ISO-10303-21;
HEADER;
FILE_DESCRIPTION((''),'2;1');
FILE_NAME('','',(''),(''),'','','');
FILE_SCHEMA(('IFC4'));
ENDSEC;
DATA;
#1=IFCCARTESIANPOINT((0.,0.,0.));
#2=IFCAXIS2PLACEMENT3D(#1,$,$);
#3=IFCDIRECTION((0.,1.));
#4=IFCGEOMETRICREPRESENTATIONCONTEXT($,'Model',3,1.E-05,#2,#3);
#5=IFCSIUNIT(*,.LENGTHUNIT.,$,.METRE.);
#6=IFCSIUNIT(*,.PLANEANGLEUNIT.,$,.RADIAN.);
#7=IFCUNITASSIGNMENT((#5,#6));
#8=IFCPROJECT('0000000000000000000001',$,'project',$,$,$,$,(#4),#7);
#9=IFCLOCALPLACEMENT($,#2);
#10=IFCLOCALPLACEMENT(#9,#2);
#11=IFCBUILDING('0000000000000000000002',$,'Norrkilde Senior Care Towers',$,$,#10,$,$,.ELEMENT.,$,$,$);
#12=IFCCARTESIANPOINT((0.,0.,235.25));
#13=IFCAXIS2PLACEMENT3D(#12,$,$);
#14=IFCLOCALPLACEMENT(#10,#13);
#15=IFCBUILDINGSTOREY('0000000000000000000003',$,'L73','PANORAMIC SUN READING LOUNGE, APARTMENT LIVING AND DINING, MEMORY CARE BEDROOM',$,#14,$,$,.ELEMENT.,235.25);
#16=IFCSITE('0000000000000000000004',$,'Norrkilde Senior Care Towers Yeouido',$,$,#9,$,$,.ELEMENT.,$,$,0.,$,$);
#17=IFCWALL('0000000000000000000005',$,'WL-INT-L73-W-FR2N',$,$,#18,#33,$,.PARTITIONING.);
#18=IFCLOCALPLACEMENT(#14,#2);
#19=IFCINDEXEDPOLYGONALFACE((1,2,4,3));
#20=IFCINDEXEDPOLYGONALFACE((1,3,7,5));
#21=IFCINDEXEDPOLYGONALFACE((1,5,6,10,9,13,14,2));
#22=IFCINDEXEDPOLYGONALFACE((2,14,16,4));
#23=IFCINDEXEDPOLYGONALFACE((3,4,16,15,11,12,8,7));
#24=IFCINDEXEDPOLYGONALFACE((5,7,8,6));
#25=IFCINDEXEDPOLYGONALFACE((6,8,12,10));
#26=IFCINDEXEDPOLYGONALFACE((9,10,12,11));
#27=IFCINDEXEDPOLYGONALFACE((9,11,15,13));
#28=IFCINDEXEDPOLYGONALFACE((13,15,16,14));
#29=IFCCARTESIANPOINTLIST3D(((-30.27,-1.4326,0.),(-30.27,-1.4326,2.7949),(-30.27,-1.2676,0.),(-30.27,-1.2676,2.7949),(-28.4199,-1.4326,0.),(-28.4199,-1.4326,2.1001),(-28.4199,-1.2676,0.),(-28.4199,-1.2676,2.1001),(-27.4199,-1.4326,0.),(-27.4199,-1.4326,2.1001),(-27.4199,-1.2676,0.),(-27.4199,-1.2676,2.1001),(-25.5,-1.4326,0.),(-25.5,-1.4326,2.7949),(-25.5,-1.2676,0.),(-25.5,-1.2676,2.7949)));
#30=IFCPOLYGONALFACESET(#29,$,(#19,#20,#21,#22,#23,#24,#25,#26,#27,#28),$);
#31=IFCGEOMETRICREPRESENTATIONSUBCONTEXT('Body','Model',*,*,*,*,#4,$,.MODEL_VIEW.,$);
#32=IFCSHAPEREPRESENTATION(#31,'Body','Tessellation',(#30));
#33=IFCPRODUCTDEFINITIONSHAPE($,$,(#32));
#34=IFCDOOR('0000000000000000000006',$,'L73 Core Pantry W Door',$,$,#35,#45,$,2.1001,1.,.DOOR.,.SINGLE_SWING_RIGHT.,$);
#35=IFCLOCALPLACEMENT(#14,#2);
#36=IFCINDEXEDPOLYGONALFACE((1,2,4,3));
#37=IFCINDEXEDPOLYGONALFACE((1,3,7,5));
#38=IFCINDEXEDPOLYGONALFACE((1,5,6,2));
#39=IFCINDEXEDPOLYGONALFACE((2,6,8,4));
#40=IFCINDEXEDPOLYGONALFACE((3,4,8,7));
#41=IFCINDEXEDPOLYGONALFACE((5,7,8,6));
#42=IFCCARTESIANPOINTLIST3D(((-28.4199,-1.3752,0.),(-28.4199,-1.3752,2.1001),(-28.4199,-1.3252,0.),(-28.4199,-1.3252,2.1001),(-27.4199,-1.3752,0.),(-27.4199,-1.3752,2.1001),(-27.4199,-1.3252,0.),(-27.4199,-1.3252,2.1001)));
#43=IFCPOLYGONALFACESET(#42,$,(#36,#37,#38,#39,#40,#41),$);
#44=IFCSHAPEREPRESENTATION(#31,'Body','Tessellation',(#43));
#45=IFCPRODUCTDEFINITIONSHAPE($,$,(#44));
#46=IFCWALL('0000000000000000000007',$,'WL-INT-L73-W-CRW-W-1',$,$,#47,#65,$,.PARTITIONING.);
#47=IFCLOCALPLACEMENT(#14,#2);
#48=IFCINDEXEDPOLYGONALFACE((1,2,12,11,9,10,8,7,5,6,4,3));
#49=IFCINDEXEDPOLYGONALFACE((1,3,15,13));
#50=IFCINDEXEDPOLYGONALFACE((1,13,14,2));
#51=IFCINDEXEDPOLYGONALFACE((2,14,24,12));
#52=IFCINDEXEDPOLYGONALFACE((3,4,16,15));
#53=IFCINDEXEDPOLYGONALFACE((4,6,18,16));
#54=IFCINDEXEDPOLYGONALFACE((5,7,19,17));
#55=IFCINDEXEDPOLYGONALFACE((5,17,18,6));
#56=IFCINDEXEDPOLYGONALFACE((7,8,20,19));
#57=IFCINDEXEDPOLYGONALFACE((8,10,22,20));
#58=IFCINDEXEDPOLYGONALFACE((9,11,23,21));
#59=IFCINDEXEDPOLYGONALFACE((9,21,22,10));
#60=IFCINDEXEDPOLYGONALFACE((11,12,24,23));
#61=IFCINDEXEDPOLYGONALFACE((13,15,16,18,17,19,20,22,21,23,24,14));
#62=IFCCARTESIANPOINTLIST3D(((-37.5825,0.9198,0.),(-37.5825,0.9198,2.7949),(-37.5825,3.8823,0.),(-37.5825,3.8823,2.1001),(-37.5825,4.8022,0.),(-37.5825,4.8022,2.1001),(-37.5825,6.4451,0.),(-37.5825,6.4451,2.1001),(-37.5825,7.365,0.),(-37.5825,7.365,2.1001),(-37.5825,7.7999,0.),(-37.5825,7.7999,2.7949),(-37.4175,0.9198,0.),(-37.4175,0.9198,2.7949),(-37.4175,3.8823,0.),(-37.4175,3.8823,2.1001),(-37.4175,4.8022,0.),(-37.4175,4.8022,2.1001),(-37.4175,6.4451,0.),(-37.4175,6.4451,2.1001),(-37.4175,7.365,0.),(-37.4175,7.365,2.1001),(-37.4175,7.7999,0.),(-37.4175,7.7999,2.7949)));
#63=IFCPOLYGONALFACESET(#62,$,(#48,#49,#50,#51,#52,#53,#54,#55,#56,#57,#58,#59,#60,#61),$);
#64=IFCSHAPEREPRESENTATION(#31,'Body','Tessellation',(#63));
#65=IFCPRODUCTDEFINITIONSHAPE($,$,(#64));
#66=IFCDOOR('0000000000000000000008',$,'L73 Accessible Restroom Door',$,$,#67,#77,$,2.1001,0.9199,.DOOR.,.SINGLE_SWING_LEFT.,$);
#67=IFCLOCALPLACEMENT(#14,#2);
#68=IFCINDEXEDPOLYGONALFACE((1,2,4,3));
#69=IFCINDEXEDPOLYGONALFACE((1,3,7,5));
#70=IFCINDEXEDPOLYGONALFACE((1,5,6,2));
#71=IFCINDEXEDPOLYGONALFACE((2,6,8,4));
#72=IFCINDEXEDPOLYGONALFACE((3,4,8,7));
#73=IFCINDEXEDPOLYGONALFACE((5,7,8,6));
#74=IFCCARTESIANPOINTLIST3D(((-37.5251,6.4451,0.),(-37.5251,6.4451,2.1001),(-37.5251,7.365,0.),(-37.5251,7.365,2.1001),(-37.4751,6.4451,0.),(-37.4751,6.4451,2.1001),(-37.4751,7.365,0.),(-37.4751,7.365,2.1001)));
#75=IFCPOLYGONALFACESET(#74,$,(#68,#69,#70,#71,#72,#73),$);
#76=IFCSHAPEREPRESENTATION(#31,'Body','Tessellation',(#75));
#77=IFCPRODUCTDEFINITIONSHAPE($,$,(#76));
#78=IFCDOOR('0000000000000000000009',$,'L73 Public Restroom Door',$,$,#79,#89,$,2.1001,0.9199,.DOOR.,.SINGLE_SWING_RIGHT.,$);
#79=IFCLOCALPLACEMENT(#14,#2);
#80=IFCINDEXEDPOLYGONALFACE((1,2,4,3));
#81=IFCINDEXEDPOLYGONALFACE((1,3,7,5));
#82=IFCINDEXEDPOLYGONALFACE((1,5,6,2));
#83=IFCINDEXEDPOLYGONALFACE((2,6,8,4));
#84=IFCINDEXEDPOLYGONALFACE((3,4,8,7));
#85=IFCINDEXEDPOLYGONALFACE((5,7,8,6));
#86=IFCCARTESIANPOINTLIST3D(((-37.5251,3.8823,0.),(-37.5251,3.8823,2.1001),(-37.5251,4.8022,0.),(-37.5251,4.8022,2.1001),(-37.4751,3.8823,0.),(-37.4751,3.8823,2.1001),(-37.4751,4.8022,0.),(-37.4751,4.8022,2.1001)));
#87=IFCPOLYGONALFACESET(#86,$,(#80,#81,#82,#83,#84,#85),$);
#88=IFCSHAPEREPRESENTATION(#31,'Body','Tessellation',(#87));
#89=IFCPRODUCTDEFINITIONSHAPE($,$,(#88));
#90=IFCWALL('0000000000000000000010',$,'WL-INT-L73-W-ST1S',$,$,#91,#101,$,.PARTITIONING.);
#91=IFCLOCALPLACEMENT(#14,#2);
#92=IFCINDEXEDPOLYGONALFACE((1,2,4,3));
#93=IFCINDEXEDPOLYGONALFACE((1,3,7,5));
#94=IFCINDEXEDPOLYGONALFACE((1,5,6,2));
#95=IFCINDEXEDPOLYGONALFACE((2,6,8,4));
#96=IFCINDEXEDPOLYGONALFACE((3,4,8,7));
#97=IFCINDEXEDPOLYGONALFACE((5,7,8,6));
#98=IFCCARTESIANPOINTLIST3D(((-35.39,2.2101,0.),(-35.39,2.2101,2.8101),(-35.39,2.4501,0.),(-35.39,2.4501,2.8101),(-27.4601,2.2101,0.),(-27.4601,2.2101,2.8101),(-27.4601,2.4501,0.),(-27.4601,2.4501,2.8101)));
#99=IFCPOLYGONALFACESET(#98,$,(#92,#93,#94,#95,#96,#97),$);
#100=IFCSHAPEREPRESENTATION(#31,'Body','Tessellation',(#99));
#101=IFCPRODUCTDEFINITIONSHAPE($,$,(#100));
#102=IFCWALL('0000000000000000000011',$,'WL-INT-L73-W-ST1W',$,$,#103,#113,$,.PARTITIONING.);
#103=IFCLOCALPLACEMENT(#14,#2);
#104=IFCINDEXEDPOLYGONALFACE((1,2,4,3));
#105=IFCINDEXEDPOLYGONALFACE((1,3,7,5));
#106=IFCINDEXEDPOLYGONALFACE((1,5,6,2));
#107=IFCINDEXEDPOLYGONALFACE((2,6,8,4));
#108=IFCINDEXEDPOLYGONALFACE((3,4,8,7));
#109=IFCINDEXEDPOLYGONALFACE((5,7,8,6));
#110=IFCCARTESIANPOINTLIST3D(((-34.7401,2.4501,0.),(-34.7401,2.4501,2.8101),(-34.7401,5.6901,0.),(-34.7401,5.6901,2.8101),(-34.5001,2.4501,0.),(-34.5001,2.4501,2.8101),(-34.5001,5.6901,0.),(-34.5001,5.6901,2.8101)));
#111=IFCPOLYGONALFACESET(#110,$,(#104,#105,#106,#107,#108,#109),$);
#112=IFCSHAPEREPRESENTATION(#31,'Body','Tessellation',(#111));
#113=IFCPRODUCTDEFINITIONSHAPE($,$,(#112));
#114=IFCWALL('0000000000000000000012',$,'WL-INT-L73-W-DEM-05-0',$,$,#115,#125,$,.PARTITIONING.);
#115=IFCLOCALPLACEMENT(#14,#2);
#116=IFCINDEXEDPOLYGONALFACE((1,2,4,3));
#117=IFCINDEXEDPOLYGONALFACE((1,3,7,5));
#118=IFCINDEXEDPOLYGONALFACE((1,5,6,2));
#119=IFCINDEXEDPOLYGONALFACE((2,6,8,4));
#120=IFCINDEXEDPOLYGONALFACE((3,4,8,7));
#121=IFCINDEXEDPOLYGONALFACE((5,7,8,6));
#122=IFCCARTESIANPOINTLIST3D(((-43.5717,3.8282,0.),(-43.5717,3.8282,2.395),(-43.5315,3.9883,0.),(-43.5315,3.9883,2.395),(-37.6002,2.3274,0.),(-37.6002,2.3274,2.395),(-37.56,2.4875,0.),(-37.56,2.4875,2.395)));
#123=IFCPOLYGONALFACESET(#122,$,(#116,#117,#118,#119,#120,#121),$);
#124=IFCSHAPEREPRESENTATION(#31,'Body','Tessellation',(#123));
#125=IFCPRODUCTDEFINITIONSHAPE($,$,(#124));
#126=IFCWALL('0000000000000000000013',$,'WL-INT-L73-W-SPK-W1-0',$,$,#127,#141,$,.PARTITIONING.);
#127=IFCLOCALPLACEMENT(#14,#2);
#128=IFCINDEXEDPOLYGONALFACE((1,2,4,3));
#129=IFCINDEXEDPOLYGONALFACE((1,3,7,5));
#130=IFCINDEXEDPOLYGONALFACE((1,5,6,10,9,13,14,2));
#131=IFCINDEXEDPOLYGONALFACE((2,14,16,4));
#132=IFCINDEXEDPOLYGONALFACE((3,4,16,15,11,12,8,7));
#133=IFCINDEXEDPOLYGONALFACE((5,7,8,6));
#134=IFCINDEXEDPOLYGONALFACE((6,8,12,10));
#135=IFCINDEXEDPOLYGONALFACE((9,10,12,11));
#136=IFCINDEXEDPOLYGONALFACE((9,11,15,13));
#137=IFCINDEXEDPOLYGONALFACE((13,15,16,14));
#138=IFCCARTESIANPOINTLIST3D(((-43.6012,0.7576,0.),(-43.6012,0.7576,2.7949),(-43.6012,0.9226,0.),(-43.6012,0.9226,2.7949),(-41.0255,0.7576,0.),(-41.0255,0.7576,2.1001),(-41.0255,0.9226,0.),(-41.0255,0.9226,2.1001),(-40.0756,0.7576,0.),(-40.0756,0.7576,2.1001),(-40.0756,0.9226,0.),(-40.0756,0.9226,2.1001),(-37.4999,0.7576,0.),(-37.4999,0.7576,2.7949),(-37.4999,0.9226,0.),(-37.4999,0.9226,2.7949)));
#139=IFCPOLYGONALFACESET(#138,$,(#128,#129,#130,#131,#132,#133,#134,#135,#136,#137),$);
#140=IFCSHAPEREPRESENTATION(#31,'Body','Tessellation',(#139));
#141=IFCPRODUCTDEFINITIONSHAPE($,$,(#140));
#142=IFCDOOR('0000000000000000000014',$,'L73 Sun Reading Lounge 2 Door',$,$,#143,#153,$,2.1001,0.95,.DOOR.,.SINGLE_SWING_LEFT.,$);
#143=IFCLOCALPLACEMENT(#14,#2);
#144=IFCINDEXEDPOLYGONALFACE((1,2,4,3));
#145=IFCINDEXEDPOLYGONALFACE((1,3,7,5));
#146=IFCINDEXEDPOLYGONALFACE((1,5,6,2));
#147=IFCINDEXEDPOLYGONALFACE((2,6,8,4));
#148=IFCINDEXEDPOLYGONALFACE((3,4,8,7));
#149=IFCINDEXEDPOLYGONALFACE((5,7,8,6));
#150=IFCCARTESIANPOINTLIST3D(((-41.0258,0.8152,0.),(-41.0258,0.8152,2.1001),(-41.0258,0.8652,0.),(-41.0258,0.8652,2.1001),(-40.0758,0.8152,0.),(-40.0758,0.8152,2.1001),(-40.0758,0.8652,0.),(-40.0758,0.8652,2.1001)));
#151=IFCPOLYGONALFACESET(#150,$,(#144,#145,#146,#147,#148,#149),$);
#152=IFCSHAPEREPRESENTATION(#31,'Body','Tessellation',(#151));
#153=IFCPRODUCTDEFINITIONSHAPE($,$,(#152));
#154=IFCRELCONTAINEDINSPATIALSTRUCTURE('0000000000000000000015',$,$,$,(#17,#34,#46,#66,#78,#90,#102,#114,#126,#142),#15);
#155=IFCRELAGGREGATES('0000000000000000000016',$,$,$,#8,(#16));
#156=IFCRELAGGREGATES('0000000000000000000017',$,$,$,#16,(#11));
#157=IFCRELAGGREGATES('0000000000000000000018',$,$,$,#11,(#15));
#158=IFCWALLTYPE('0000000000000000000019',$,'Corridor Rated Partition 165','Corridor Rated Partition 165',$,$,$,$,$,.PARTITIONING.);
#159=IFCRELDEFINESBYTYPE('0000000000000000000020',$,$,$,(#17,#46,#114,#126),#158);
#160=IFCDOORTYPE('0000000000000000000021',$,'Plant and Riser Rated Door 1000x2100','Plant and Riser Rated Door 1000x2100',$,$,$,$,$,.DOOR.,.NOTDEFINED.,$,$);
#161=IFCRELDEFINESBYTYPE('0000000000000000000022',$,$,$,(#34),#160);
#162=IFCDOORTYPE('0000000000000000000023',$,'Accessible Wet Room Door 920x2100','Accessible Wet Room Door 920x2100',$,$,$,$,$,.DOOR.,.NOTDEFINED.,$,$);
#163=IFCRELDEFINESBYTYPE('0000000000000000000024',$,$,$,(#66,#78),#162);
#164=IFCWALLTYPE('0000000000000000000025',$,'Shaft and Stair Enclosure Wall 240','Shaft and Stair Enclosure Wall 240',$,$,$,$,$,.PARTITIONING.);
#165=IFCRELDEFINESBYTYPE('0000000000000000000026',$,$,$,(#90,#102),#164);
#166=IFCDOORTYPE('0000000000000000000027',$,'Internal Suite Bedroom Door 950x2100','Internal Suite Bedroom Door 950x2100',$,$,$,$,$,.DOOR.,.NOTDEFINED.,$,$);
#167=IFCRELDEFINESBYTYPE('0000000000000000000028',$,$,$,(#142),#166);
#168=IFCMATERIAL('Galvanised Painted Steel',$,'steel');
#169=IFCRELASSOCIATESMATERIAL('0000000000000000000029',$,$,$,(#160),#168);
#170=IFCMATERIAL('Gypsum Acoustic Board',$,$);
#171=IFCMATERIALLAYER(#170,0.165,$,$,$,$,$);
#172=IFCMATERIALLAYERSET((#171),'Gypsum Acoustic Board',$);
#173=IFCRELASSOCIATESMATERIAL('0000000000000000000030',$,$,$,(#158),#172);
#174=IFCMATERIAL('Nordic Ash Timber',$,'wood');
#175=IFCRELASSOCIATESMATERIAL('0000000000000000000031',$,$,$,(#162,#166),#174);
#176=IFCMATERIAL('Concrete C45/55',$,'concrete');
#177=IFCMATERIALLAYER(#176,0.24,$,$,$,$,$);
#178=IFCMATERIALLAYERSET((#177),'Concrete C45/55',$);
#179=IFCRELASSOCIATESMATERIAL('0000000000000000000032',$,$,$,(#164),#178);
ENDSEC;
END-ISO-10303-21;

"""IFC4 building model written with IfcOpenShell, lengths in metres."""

from ifc_helpers import new_model, si_unit, direction, frame, frame_2d, origin, place, context, subcontext, project, spatial, rectangle, extrude, source, transform, mapped, material, layer, layer_set, type_object, type_shapes, element, fill, save


model = new_model("IFC4")

# Units and contexts
model_context = context("Model", 3, precision=1e-05, world=origin(), true_north=direction((0.0, 1.0)))
body_context = subcontext(model_context, "Body", "Model", "MODEL_VIEW")
ifc_project = project(units=[si_unit("LENGTHUNIT", "METRE"), si_unit("PLANEANGLEUNIT", "RADIAN")], contexts=[model_context])

# Site, building, storey
site_placement = place(None, origin())
site = spatial("IfcSite", under=ifc_project, at=site_placement, Name="Norrkilde Senior Care Towers Yeouido", CompositionType="ELEMENT", RefElevation=0.0)
building_placement = place(site_placement, origin())
building = spatial("IfcBuilding", under=site, at=building_placement, Name="Norrkilde Senior Care Towers", CompositionType="ELEMENT")
storey_placement = place(building_placement, frame((0.0, 0.0, 235.25)))
storey = spatial("IfcBuildingStorey", under=building, at=storey_placement, Name="L73", Description="PANORAMIC SUN READING LOUNGE, APARTMENT LIVING AND DINING, MEMORY CARE BEDROOM", CompositionType="ELEMENT", Elevation=235.25)

# Shared definitions
ifc_material_1 = material(Name="Concrete C45/55", Category="concrete")
ifc_material_2 = material(Name="Galvanised Painted Steel", Category="steel")
door_type_1 = type_object("IfcDoorType", Name="Plant and Riser Rated Door 1000x2100", Description="Plant and Riser Rated Door 1000x2100", OperationType="NOTDEFINED", PredefinedType="DOOR", material=ifc_material_2)
shared_shape_1 = source(origin(), body_context, "Body", "SweptSolid", [
    extrude(rectangle(XDim=1.0, YDim=2.1001, at=frame_2d((0.5, 1.05))), frame((0.0, 0.0249, 0.0), z_axis=(0.0, -1.0, 0.0), x_axis=(1.0, 0.0, 0.0)), (0.0, 0.0, 1.0), 0.05),
])
type_shapes(door_type_1, [shared_shape_1])

# Shared definitions
ifc_material_3 = material(Name="Gypsum Acoustic Board")

# Wall, opening, door
ifc_layer_1 = layer(ifc_material_3, 0.165)
ifc_layer_set_1 = layer_set([ifc_layer_1], Name="Gypsum Acoustic Board")
wall_type_1 = type_object("IfcWallType", Name="Corridor Rated Partition 165", Description="Corridor Rated Partition 165", PredefinedType="PARTITIONING", material=ifc_layer_set_1)
shared_shape_2 = source(origin(), body_context, "Body", "SweptSolid", [
    extrude(rectangle(XDim=4.77, YDim=0.165, at=frame_2d((2.385, 0.0))), origin(), (0.0, 0.0, 1.0), 2.7949),
])
wall_1_placement = place(storey_placement, frame((-30.27, -1.3501, 0.0), z_axis=(0.0, 0.0, 1.0), x_axis=(1.0, 0.0, 0.0)))
wall_1 = element("IfcWall", 1, at=wall_1_placement, inside=storey, type_object=wall_type_1, Name="WL-INT-L73-W-FR2N", PredefinedType="PARTITIONING", context=body_context, shape_type="MappedRepresentation", body=[
    mapped(shared_shape_2, transform((0.0, 0.0, 0.0), x_axis=(1.0, 0.0, 0.0), y_axis=(0.0, 1.0, 0.0), z_axis=(0.0, 0.0, 1.0), scale=1.0)),
])
opening_1_placement = place(wall_1_placement, frame((1.8501, 0.0, 0.0)))
opening_1 = element("IfcOpeningElement", 2, at=opening_1_placement, cuts=wall_1, PredefinedType="OPENING", context=body_context, shape_type="SweptSolid", body=[
    extrude(rectangle(XDim=1.0, YDim=2.1001, at=frame_2d((0.5, 1.05))), frame((0.0, 0.0925, 0.0), z_axis=(0.0, -1.0, 0.0), x_axis=(1.0, 0.0, 0.0)), (0.0, 0.0, 1.0), 0.1851),
])
door_1_placement = place(opening_1_placement, origin())
door_1 = element("IfcDoor", 3, at=door_1_placement, inside=storey, type_object=door_type_1, Name="L73 Core Pantry W Door", OperationType="SINGLE_SWING_RIGHT", OverallHeight=2.1001, OverallWidth=1.0, PredefinedType="DOOR", context=body_context, shape_type="MappedRepresentation", body=[
    mapped(shared_shape_1, transform((0.0, 0.0, 0.0), x_axis=(1.0, 0.0, 0.0), y_axis=(0.0, 1.0, 0.0), z_axis=(0.0, 0.0, 1.0), scale=1.0)),
])
fill(opening_1, door_1)

# Wall, openings, doors
shared_shape_3 = source(origin(), body_context, "Body", "SweptSolid", [
    extrude(rectangle(XDim=6.8801, YDim=0.165, at=frame_2d((3.4399, 0.0))), origin(), (0.0, 0.0, 1.0), 2.7949),
])
wall_2_placement = place(storey_placement, frame((-37.5, 0.9199, 0.0), z_axis=(0.0, 0.0, 1.0), x_axis=(0.0, 1.0, 0.0)))
wall_2 = element("IfcWall", 4, at=wall_2_placement, inside=storey, type_object=wall_type_1, Name="WL-INT-L73-W-CRW-W-1", PredefinedType="PARTITIONING", context=body_context, shape_type="MappedRepresentation", body=[
    mapped(shared_shape_3, transform((0.0, 0.0, 0.0), x_axis=(1.0, 0.0, 0.0), y_axis=(0.0, 1.0, 0.0), z_axis=(0.0, 0.0, 1.0), scale=1.0)),
])
opening_2_placement = place(wall_2_placement, frame((5.5251, 0.0, 0.0)))
opening_2 = element("IfcOpeningElement", 5, at=opening_2_placement, cuts=wall_2, PredefinedType="OPENING", context=body_context, shape_type="SweptSolid", body=[
    extrude(rectangle(XDim=0.9199, YDim=2.1001, at=frame_2d((0.46, 1.05))), frame((0.0, 0.0925, 0.0), z_axis=(0.0, -1.0, 0.0), x_axis=(1.0, 0.0, 0.0)), (0.0, 0.0, 1.0), 0.1851),
])
opening_3_placement = place(wall_2_placement, frame((2.9624, 0.0, 0.0)))
opening_3 = element("IfcOpeningElement", 6, at=opening_3_placement, cuts=wall_2, PredefinedType="OPENING", context=body_context, shape_type="SweptSolid", body=[
    extrude(rectangle(XDim=0.9199, YDim=2.1001, at=frame_2d((0.46, 1.05))), frame((0.0, 0.0925, 0.0), z_axis=(0.0, -1.0, 0.0), x_axis=(1.0, 0.0, 0.0)), (0.0, 0.0, 1.0), 0.1851),
])
ifc_material_4 = material(Name="Nordic Ash Timber", Category="wood")
door_type_2 = type_object("IfcDoorType", Name="Accessible Wet Room Door 920x2100", Description="Accessible Wet Room Door 920x2100", OperationType="NOTDEFINED", PredefinedType="DOOR", material=ifc_material_4)
shared_shape_4 = source(origin(), body_context, "Body", "SweptSolid", [
    extrude(rectangle(XDim=0.9199, YDim=2.1001, at=frame_2d((0.46, 1.05))), frame((0.0, 0.0249, 0.0), z_axis=(0.0, -1.0, 0.0), x_axis=(1.0, 0.0, 0.0)), (0.0, 0.0, 1.0), 0.05),
])
type_shapes(door_type_2, [shared_shape_4])
door_2_placement = place(opening_2_placement, frame((0.9199, 0.0, 0.0), z_axis=(0.0, 0.0, 1.0), x_axis=(-1.0, 0.0, 0.0)))
door_2 = element("IfcDoor", 7, at=door_2_placement, inside=storey, type_object=door_type_2, Name="L73 Accessible Restroom Door", OperationType="SINGLE_SWING_LEFT", OverallHeight=2.1001, OverallWidth=0.9199, PredefinedType="DOOR", context=body_context, shape_type="MappedRepresentation", body=[
    mapped(shared_shape_4, transform((0.0, 0.0, 0.0), x_axis=(1.0, 0.0, 0.0), y_axis=(0.0, 1.0, 0.0), z_axis=(0.0, 0.0, 1.0), scale=1.0)),
])
fill(opening_2, door_2)
door_3_placement = place(opening_3_placement, frame((0.9199, 0.0, 0.0), z_axis=(0.0, 0.0, 1.0), x_axis=(-1.0, 0.0, 0.0)))
door_3 = element("IfcDoor", 8, at=door_3_placement, inside=storey, type_object=door_type_2, Name="L73 Public Restroom Door", OperationType="SINGLE_SWING_RIGHT", OverallHeight=2.1001, OverallWidth=0.9199, PredefinedType="DOOR", context=body_context, shape_type="MappedRepresentation", body=[
    mapped(shared_shape_4, transform((0.0, 0.0, 0.0), x_axis=(1.0, 0.0, 0.0), y_axis=(0.0, 1.0, 0.0), z_axis=(0.0, 0.0, 1.0), scale=1.0)),
])
fill(opening_3, door_3)

# Walls
ifc_layer_2 = layer(ifc_material_1, 0.24)
ifc_layer_set_2 = layer_set([ifc_layer_2], Name="Concrete C45/55")
wall_type_2 = type_object("IfcWallType", Name="Shaft and Stair Enclosure Wall 240", Description="Shaft and Stair Enclosure Wall 240", PredefinedType="PARTITIONING", material=ifc_layer_set_2)
shared_shape_5 = source(origin(), body_context, "Body", "SweptSolid", [
    extrude(rectangle(XDim=7.9299, YDim=0.24, at=frame_2d((3.9648, 0.0))), origin(), (0.0, 0.0, 1.0), 2.8101),
])
wall_3_placement = place(storey_placement, frame((-35.3899, 2.3301, 0.0), z_axis=(0.0, 0.0, 1.0), x_axis=(1.0, 0.0, 0.0)))
element("IfcWall", 9, at=wall_3_placement, inside=storey, type_object=wall_type_2, Name="WL-INT-L73-W-ST1S", PredefinedType="PARTITIONING", context=body_context, shape_type="MappedRepresentation", body=[
    mapped(shared_shape_5, transform((0.0, 0.0, 0.0), x_axis=(1.0, 0.0, 0.0), y_axis=(0.0, 1.0, 0.0), z_axis=(0.0, 0.0, 1.0), scale=1.0)),
])
shared_shape_6 = source(origin(), body_context, "Body", "SweptSolid", [
    extrude(rectangle(XDim=3.24, YDim=0.24, at=frame_2d((1.6201, 0.0))), origin(), (0.0, 0.0, 1.0), 2.8101),
])
type_shapes(wall_type_2, [shared_shape_5, shared_shape_6])
wall_4_placement = place(storey_placement, frame((-34.6201, 2.45, 0.0), z_axis=(0.0, 0.0, 1.0), x_axis=(0.0, 1.0, 0.0)))
element("IfcWall", 10, at=wall_4_placement, inside=storey, type_object=wall_type_2, Name="WL-INT-L73-W-ST1W", PredefinedType="PARTITIONING", context=body_context, shape_type="MappedRepresentation", body=[
    mapped(shared_shape_6, transform((0.0, 0.0, 0.0), x_axis=(1.0, 0.0, 0.0), y_axis=(0.0, 1.0, 0.0), z_axis=(0.0, 0.0, 1.0), scale=1.0)),
])
shared_shape_7 = source(origin(), body_context, "Body", "SweptSolid", [
    extrude(rectangle(XDim=6.1572, YDim=0.165, at=frame_2d((3.0786, 0.0))), origin(), (0.0, 0.0, 1.0), 2.395),
])
wall_5_placement = place(storey_placement, frame((-37.5801, 2.4075, 0.0), z_axis=(0.0, 0.0, 1.0), x_axis=(-0.969841, 0.243739, 0.0)))
element("IfcWall", 11, at=wall_5_placement, inside=storey, type_object=wall_type_1, Name="WL-INT-L73-W-DEM-05-0", PredefinedType="PARTITIONING", context=body_context, shape_type="MappedRepresentation", body=[
    mapped(shared_shape_7, transform((0.0, 0.0, 0.0), x_axis=(1.0, 0.0, 0.0), y_axis=(0.0, 1.0, 0.0), z_axis=(0.0, 0.0, 1.0), scale=1.0)),
])

# Wall, opening, door
shared_shape_8 = source(origin(), body_context, "Body", "SweptSolid", [
    extrude(rectangle(XDim=6.1013, YDim=0.165, at=frame_2d((3.0508, 0.0))), origin(), (0.0, 0.0, 1.0), 2.7949),
])
type_shapes(wall_type_1, [shared_shape_2, shared_shape_3, shared_shape_7, shared_shape_8])
wall_6_placement = place(storey_placement, frame((-43.6013, 0.8401, 0.0), z_axis=(0.0, 0.0, 1.0), x_axis=(1.0, 0.0, 0.0)))
wall_6 = element("IfcWall", 12, at=wall_6_placement, inside=storey, type_object=wall_type_1, Name="WL-INT-L73-W-SPK-W1-0", PredefinedType="PARTITIONING", context=body_context, shape_type="MappedRepresentation", body=[
    mapped(shared_shape_8, transform((0.0, 0.0, 0.0), x_axis=(1.0, 0.0, 0.0), y_axis=(0.0, 1.0, 0.0), z_axis=(0.0, 0.0, 1.0), scale=1.0)),
])
opening_4_placement = place(wall_6_placement, frame((2.5757, 0.0, 0.0)))
opening_4 = element("IfcOpeningElement", 13, at=opening_4_placement, cuts=wall_6, PredefinedType="OPENING", context=body_context, shape_type="SweptSolid", body=[
    extrude(rectangle(XDim=0.95, YDim=2.1001, at=frame_2d((0.4751, 1.05))), frame((0.0, 0.0925, 0.0), z_axis=(0.0, -1.0, 0.0), x_axis=(1.0, 0.0, 0.0)), (0.0, 0.0, 1.0), 0.1851),
])
door_type_3 = type_object("IfcDoorType", Name="Internal Suite Bedroom Door 950x2100", Description="Internal Suite Bedroom Door 950x2100", OperationType="NOTDEFINED", PredefinedType="DOOR", material=ifc_material_4)
shared_shape_9 = source(origin(), body_context, "Body", "SweptSolid", [
    extrude(rectangle(XDim=0.95, YDim=2.1001, at=frame_2d((0.4751, 1.05))), frame((0.0, 0.0249, 0.0), z_axis=(0.0, -1.0, 0.0), x_axis=(1.0, 0.0, 0.0)), (0.0, 0.0, 1.0), 0.05),
])
type_shapes(door_type_3, [shared_shape_9])
door_4_placement = place(opening_4_placement, frame((0.95, 0.0, 0.0), z_axis=(0.0, 0.0, 1.0), x_axis=(-1.0, 0.0, 0.0)))
door_4 = element("IfcDoor", 14, at=door_4_placement, inside=storey, type_object=door_type_3, Name="L73 Sun Reading Lounge 2 Door", OperationType="SINGLE_SWING_LEFT", OverallHeight=2.1001, OverallWidth=0.95, PredefinedType="DOOR", context=body_context, shape_type="MappedRepresentation", body=[
    mapped(shared_shape_9, transform((0.0, 0.0, 0.0), x_axis=(1.0, 0.0, 0.0), y_axis=(0.0, 1.0, 0.0), z_axis=(0.0, 0.0, 1.0), scale=1.0)),
])
fill(opening_4, door_4)

save(model, "model.ifc")
